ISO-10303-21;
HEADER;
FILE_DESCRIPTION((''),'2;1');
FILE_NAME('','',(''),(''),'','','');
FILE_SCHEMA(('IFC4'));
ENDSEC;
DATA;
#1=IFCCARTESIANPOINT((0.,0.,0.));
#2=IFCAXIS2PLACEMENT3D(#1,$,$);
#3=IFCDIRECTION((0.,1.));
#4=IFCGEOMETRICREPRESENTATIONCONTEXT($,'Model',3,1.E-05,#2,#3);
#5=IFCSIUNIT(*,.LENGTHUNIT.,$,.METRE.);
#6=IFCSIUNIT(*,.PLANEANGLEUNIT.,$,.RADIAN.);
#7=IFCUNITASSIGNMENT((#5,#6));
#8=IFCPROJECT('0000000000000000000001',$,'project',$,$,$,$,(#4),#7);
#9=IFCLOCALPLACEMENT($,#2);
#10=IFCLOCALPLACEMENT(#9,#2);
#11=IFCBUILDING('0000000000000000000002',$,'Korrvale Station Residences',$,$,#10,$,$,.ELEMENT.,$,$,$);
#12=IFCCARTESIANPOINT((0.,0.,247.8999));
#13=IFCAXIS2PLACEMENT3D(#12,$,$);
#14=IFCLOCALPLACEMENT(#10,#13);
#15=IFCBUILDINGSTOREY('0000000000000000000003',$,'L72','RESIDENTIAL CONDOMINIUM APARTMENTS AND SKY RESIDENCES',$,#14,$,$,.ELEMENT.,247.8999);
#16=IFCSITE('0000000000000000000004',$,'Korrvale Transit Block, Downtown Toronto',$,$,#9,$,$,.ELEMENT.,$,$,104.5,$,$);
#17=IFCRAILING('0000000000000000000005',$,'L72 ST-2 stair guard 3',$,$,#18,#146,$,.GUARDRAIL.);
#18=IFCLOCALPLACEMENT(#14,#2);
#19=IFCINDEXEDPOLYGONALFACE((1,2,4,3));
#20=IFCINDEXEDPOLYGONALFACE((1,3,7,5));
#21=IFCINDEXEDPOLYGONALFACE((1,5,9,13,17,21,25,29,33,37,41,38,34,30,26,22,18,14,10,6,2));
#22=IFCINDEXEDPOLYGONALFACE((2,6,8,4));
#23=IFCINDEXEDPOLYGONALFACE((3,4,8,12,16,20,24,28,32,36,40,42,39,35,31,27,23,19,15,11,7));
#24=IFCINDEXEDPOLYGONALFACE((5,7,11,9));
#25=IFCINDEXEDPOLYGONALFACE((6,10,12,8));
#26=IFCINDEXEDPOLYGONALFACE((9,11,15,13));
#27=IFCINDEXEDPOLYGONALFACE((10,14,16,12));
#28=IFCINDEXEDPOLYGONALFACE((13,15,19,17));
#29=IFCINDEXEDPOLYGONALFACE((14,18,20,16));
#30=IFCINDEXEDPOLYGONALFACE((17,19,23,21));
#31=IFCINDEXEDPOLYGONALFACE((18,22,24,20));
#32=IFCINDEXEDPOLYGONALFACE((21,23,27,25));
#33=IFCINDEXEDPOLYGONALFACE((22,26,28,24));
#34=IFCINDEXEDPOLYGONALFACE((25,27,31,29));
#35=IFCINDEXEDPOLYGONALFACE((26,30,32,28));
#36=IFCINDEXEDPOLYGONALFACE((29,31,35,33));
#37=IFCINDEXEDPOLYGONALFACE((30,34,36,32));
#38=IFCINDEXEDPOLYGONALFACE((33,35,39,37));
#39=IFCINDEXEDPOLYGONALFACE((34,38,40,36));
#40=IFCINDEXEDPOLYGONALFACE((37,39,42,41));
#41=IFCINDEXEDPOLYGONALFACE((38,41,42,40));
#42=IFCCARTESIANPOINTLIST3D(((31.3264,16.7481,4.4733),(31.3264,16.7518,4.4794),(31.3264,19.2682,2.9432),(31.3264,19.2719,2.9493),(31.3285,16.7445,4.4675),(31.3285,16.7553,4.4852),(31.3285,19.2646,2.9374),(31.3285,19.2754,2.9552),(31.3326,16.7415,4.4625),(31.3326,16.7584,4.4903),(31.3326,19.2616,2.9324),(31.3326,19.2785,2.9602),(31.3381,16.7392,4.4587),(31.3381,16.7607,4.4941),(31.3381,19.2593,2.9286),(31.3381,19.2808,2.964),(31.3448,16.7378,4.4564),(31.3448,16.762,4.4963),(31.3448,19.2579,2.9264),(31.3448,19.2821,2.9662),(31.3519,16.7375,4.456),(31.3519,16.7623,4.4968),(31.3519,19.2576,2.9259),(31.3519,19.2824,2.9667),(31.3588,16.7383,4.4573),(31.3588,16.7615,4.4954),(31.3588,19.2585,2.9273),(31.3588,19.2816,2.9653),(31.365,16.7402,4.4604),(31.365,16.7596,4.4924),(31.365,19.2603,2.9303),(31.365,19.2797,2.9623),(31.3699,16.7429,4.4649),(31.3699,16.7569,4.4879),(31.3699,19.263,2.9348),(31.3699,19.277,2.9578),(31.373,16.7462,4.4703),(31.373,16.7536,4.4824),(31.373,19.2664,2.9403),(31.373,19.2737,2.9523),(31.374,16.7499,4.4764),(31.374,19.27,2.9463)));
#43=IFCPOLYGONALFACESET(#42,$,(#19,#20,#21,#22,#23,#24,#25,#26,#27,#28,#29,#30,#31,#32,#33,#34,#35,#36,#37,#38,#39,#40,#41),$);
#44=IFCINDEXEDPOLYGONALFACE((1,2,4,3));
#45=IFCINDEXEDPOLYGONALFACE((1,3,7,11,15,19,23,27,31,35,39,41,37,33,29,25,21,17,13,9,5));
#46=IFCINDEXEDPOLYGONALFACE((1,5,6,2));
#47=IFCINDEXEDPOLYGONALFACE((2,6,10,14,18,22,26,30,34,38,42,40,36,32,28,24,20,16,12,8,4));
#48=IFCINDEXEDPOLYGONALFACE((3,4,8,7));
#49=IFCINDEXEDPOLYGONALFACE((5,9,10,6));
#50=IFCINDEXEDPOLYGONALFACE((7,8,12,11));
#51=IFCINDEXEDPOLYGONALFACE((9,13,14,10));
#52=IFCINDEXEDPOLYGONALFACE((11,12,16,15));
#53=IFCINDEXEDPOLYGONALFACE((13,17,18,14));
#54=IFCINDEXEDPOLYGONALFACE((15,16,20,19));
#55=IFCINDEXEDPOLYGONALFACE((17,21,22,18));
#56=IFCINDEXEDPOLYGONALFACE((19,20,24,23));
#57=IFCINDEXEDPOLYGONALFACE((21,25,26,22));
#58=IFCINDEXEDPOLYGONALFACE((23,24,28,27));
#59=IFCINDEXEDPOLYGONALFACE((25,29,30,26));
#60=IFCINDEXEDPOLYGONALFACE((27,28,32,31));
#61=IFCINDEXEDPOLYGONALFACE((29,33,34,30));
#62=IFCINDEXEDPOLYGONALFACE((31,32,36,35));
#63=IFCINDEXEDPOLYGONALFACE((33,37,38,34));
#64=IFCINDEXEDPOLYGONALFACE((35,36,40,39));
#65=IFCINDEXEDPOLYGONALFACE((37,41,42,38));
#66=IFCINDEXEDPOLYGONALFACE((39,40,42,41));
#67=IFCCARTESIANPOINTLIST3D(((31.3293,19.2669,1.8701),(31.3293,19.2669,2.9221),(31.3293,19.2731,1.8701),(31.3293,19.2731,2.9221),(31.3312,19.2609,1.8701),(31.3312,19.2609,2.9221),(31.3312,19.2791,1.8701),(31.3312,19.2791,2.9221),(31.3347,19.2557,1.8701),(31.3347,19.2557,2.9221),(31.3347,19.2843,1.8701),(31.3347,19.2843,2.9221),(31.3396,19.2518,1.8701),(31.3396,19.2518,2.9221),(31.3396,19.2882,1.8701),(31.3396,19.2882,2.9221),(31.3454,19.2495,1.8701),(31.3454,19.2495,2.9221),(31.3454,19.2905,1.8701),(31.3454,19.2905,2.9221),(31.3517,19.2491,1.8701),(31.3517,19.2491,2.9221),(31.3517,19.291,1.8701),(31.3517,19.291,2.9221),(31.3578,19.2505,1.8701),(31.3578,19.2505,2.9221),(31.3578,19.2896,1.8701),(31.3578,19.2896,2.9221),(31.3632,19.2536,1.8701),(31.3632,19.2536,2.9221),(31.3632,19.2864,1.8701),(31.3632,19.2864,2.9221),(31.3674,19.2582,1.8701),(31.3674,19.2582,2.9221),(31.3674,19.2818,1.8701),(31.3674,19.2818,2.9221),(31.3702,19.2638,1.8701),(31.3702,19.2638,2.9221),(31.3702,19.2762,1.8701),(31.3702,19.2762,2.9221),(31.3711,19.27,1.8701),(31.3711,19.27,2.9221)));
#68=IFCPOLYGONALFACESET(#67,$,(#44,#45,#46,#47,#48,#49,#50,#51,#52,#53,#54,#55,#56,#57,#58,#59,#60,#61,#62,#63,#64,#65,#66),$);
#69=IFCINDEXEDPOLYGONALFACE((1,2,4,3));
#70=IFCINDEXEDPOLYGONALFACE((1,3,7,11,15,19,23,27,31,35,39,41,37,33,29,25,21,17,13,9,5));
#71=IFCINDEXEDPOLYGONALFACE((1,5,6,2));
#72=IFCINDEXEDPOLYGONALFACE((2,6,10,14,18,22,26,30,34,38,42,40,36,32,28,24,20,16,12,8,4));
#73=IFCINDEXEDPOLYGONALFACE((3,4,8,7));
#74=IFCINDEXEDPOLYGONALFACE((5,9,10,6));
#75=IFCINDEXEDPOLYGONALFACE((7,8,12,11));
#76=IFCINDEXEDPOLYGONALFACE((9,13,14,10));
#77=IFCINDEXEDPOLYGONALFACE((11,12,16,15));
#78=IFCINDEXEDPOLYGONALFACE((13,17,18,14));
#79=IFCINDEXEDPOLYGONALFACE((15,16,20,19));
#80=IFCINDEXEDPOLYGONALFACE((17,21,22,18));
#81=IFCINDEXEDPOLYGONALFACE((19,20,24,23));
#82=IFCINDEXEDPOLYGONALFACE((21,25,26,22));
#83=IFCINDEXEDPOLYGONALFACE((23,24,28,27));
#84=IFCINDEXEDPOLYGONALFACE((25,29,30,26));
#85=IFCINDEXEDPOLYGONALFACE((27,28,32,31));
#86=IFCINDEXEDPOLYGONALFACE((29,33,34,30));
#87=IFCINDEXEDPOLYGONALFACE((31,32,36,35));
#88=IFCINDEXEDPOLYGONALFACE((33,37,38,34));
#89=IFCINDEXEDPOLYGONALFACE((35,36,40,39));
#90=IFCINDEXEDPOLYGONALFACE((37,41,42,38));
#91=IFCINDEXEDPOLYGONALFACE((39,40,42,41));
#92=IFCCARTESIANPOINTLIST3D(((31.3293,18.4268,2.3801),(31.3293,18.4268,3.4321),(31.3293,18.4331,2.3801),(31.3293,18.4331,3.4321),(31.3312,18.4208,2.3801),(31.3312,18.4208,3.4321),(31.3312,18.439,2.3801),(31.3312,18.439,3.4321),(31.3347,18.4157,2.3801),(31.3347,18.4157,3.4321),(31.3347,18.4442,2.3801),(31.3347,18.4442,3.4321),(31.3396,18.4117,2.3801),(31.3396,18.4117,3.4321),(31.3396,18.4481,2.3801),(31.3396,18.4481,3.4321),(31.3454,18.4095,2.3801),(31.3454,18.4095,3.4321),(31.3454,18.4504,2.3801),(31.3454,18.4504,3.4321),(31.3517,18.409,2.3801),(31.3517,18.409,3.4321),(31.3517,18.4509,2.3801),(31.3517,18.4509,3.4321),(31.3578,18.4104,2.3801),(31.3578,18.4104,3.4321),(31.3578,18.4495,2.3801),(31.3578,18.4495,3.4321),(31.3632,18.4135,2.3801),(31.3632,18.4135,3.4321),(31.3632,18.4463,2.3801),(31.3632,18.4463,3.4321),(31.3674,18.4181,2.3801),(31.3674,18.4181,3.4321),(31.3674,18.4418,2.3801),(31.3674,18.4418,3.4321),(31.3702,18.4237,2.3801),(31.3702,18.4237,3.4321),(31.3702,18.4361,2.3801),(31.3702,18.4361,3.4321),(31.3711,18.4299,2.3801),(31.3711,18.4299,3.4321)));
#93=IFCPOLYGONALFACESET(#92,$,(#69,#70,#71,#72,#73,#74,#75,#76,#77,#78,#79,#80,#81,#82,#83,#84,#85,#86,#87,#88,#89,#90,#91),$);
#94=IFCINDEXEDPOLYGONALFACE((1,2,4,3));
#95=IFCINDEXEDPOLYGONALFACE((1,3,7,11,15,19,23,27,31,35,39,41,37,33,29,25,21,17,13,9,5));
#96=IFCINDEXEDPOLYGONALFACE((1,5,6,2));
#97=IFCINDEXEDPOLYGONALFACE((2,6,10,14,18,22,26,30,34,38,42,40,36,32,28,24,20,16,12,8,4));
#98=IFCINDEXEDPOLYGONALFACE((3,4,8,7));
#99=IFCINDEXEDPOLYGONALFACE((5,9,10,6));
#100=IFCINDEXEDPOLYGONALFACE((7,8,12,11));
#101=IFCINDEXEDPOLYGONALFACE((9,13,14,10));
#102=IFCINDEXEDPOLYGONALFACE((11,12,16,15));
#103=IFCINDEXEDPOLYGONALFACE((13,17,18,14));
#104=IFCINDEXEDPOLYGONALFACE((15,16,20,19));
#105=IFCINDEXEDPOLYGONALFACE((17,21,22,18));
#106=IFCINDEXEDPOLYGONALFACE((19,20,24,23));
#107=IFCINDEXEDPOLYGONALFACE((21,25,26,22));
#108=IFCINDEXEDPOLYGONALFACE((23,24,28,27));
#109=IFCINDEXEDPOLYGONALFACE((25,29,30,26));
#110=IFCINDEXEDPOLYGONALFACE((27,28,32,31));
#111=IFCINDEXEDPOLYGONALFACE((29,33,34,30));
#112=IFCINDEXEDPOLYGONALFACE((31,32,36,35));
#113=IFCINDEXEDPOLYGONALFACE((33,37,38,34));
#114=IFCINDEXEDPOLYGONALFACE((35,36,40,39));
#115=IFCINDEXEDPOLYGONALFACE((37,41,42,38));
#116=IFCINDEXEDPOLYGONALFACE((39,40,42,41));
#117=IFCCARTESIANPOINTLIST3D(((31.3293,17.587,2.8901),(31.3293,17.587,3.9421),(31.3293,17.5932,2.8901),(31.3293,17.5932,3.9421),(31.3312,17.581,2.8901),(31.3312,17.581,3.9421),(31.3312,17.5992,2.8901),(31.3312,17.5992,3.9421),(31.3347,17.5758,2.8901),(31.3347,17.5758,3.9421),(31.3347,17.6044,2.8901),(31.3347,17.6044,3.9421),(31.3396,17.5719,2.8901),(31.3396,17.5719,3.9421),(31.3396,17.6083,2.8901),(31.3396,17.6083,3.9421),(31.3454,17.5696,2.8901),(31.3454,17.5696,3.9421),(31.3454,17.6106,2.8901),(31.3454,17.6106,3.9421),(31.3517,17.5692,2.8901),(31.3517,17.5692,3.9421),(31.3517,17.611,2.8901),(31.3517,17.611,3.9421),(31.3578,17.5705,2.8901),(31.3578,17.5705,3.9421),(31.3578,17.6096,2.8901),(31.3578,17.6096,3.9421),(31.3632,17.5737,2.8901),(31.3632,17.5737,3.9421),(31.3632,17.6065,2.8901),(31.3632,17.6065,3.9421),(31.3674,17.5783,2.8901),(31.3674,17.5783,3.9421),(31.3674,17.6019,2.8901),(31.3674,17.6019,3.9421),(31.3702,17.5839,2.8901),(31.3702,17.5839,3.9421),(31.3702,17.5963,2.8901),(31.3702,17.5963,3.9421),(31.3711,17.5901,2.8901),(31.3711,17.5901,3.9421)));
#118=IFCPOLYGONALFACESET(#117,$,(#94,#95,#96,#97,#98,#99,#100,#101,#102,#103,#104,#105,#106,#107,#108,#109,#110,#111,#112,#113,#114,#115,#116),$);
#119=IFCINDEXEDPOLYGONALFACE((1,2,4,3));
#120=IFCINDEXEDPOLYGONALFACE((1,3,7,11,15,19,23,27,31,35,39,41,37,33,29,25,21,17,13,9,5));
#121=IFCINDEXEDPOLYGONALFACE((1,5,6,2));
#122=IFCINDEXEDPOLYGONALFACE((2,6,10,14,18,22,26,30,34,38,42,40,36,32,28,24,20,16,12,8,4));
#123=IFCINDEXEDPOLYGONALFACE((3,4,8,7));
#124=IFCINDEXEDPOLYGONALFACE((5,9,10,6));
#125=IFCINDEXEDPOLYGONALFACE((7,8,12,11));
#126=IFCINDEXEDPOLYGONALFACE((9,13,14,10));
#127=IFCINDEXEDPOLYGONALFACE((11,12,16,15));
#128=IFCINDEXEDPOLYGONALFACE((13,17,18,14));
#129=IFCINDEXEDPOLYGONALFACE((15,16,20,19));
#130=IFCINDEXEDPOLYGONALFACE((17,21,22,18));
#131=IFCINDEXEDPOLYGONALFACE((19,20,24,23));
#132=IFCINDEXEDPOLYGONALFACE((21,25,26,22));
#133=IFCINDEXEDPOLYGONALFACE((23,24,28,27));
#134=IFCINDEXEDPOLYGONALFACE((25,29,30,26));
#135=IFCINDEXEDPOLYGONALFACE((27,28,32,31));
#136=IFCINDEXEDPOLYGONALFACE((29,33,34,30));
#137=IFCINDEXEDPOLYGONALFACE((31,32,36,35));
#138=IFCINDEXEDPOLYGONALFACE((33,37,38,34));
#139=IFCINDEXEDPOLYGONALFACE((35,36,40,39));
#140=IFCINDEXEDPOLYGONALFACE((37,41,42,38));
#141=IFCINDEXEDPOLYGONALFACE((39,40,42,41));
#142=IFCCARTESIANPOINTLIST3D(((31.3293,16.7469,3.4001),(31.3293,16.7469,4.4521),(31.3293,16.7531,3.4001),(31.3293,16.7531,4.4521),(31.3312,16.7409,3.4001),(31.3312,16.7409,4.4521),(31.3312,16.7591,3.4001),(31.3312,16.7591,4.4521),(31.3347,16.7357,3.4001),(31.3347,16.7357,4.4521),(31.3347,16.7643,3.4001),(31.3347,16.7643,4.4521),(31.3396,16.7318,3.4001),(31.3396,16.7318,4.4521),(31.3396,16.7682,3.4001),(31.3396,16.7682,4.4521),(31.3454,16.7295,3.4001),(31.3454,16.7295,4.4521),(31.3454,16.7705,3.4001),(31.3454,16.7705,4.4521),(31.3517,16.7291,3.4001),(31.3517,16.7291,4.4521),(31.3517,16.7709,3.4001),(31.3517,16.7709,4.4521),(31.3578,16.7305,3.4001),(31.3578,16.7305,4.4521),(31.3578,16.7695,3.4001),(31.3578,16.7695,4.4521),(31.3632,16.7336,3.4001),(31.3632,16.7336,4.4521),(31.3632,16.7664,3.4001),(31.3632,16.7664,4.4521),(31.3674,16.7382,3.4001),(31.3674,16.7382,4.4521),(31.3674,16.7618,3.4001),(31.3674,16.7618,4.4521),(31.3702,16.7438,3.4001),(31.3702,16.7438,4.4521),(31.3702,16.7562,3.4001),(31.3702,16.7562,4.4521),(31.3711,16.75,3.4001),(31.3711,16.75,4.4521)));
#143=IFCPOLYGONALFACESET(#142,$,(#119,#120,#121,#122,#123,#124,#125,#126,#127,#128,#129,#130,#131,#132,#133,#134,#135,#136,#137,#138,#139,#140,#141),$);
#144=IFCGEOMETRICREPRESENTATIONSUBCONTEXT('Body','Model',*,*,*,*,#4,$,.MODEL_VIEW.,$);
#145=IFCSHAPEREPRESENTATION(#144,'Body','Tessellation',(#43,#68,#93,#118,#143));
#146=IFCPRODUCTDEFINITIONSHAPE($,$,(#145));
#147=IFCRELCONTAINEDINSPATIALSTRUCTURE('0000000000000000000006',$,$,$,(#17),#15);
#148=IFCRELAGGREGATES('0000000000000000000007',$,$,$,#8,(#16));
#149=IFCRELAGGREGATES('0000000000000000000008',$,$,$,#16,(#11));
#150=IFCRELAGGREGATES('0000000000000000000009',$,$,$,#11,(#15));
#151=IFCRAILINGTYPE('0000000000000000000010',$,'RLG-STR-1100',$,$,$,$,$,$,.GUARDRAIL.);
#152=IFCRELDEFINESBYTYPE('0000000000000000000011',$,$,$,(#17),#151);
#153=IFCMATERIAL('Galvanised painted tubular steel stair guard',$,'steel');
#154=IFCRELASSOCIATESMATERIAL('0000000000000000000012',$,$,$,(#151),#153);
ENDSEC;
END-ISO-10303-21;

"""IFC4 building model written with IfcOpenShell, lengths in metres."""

from ifc_helpers import new_model, si_unit, direction, frame, origin, origin_2d, place, context, subcontext, project, spatial, circle, extrude, material, type_object, element, save


model = new_model("IFC4")

# Units and contexts
model_context = context("Model", 3, precision=1e-05, world=origin(), true_north=direction((0.0, 1.0)))
body_context = subcontext(model_context, "Body", "Model", "MODEL_VIEW")
ifc_project = project(units=[si_unit("LENGTHUNIT", "METRE"), si_unit("PLANEANGLEUNIT", "RADIAN")], contexts=[model_context])

# Site, building, storey
site_placement = place(None, origin())
site = spatial("IfcSite", under=ifc_project, at=site_placement, Name="Korrvale Transit Block, Downtown Toronto", CompositionType="ELEMENT", RefElevation=104.5)
building_placement = place(site_placement, origin())
building = spatial("IfcBuilding", under=site, at=building_placement, Name="Korrvale Station Residences", CompositionType="ELEMENT")
storey_placement = place(building_placement, frame((0.0, 0.0, 247.8999)))
storey = spatial("IfcBuildingStorey", under=building, at=storey_placement, Name="L72", Description="RESIDENTIAL CONDOMINIUM APARTMENTS AND SKY RESIDENCES", CompositionType="ELEMENT", Elevation=247.8999)

# Railing
ifc_material_1 = material(Name="Galvanised painted tubular steel stair guard", Category="steel")
railing_type_1 = type_object("IfcRailingType", Name="RLG-STR-1100", PredefinedType="GUARDRAIL", material=ifc_material_1)
railing_1_placement = place(storey_placement, frame((31.3501, 19.27, 1.8701)))
element("IfcRailing", 1, at=railing_1_placement, inside=storey, type_object=railing_type_1, Name="L72 ST-2 stair guard 3", PredefinedType="GUARDRAIL", context=body_context, shape_type="SweptSolid", body=[
    extrude(circle(Radius=0.0239, at=origin_2d()), frame((0.0, 0.0, 1.0762), z_axis=(0.0, -0.854785, 0.518982), x_axis=(1.0, 0.0, 0.0)), (0.0, 0.0, 1.0), 2.9482),
    extrude(circle(Radius=0.021, at=origin_2d()), origin(), (0.0, 0.0, 1.0), 1.052),
    extrude(circle(Radius=0.021, at=origin_2d()), frame((0.0, -0.8401, 0.51)), (0.0, 0.0, 1.0), 1.052),
    extrude(circle(Radius=0.021, at=origin_2d()), frame((0.0, -1.6799, 1.02)), (0.0, 0.0, 1.0), 1.052),
    extrude(circle(Radius=0.021, at=origin_2d()), frame((0.0, -2.52, 1.53)), (0.0, 0.0, 1.0), 1.052),
])

save(model, "model.ifc")
